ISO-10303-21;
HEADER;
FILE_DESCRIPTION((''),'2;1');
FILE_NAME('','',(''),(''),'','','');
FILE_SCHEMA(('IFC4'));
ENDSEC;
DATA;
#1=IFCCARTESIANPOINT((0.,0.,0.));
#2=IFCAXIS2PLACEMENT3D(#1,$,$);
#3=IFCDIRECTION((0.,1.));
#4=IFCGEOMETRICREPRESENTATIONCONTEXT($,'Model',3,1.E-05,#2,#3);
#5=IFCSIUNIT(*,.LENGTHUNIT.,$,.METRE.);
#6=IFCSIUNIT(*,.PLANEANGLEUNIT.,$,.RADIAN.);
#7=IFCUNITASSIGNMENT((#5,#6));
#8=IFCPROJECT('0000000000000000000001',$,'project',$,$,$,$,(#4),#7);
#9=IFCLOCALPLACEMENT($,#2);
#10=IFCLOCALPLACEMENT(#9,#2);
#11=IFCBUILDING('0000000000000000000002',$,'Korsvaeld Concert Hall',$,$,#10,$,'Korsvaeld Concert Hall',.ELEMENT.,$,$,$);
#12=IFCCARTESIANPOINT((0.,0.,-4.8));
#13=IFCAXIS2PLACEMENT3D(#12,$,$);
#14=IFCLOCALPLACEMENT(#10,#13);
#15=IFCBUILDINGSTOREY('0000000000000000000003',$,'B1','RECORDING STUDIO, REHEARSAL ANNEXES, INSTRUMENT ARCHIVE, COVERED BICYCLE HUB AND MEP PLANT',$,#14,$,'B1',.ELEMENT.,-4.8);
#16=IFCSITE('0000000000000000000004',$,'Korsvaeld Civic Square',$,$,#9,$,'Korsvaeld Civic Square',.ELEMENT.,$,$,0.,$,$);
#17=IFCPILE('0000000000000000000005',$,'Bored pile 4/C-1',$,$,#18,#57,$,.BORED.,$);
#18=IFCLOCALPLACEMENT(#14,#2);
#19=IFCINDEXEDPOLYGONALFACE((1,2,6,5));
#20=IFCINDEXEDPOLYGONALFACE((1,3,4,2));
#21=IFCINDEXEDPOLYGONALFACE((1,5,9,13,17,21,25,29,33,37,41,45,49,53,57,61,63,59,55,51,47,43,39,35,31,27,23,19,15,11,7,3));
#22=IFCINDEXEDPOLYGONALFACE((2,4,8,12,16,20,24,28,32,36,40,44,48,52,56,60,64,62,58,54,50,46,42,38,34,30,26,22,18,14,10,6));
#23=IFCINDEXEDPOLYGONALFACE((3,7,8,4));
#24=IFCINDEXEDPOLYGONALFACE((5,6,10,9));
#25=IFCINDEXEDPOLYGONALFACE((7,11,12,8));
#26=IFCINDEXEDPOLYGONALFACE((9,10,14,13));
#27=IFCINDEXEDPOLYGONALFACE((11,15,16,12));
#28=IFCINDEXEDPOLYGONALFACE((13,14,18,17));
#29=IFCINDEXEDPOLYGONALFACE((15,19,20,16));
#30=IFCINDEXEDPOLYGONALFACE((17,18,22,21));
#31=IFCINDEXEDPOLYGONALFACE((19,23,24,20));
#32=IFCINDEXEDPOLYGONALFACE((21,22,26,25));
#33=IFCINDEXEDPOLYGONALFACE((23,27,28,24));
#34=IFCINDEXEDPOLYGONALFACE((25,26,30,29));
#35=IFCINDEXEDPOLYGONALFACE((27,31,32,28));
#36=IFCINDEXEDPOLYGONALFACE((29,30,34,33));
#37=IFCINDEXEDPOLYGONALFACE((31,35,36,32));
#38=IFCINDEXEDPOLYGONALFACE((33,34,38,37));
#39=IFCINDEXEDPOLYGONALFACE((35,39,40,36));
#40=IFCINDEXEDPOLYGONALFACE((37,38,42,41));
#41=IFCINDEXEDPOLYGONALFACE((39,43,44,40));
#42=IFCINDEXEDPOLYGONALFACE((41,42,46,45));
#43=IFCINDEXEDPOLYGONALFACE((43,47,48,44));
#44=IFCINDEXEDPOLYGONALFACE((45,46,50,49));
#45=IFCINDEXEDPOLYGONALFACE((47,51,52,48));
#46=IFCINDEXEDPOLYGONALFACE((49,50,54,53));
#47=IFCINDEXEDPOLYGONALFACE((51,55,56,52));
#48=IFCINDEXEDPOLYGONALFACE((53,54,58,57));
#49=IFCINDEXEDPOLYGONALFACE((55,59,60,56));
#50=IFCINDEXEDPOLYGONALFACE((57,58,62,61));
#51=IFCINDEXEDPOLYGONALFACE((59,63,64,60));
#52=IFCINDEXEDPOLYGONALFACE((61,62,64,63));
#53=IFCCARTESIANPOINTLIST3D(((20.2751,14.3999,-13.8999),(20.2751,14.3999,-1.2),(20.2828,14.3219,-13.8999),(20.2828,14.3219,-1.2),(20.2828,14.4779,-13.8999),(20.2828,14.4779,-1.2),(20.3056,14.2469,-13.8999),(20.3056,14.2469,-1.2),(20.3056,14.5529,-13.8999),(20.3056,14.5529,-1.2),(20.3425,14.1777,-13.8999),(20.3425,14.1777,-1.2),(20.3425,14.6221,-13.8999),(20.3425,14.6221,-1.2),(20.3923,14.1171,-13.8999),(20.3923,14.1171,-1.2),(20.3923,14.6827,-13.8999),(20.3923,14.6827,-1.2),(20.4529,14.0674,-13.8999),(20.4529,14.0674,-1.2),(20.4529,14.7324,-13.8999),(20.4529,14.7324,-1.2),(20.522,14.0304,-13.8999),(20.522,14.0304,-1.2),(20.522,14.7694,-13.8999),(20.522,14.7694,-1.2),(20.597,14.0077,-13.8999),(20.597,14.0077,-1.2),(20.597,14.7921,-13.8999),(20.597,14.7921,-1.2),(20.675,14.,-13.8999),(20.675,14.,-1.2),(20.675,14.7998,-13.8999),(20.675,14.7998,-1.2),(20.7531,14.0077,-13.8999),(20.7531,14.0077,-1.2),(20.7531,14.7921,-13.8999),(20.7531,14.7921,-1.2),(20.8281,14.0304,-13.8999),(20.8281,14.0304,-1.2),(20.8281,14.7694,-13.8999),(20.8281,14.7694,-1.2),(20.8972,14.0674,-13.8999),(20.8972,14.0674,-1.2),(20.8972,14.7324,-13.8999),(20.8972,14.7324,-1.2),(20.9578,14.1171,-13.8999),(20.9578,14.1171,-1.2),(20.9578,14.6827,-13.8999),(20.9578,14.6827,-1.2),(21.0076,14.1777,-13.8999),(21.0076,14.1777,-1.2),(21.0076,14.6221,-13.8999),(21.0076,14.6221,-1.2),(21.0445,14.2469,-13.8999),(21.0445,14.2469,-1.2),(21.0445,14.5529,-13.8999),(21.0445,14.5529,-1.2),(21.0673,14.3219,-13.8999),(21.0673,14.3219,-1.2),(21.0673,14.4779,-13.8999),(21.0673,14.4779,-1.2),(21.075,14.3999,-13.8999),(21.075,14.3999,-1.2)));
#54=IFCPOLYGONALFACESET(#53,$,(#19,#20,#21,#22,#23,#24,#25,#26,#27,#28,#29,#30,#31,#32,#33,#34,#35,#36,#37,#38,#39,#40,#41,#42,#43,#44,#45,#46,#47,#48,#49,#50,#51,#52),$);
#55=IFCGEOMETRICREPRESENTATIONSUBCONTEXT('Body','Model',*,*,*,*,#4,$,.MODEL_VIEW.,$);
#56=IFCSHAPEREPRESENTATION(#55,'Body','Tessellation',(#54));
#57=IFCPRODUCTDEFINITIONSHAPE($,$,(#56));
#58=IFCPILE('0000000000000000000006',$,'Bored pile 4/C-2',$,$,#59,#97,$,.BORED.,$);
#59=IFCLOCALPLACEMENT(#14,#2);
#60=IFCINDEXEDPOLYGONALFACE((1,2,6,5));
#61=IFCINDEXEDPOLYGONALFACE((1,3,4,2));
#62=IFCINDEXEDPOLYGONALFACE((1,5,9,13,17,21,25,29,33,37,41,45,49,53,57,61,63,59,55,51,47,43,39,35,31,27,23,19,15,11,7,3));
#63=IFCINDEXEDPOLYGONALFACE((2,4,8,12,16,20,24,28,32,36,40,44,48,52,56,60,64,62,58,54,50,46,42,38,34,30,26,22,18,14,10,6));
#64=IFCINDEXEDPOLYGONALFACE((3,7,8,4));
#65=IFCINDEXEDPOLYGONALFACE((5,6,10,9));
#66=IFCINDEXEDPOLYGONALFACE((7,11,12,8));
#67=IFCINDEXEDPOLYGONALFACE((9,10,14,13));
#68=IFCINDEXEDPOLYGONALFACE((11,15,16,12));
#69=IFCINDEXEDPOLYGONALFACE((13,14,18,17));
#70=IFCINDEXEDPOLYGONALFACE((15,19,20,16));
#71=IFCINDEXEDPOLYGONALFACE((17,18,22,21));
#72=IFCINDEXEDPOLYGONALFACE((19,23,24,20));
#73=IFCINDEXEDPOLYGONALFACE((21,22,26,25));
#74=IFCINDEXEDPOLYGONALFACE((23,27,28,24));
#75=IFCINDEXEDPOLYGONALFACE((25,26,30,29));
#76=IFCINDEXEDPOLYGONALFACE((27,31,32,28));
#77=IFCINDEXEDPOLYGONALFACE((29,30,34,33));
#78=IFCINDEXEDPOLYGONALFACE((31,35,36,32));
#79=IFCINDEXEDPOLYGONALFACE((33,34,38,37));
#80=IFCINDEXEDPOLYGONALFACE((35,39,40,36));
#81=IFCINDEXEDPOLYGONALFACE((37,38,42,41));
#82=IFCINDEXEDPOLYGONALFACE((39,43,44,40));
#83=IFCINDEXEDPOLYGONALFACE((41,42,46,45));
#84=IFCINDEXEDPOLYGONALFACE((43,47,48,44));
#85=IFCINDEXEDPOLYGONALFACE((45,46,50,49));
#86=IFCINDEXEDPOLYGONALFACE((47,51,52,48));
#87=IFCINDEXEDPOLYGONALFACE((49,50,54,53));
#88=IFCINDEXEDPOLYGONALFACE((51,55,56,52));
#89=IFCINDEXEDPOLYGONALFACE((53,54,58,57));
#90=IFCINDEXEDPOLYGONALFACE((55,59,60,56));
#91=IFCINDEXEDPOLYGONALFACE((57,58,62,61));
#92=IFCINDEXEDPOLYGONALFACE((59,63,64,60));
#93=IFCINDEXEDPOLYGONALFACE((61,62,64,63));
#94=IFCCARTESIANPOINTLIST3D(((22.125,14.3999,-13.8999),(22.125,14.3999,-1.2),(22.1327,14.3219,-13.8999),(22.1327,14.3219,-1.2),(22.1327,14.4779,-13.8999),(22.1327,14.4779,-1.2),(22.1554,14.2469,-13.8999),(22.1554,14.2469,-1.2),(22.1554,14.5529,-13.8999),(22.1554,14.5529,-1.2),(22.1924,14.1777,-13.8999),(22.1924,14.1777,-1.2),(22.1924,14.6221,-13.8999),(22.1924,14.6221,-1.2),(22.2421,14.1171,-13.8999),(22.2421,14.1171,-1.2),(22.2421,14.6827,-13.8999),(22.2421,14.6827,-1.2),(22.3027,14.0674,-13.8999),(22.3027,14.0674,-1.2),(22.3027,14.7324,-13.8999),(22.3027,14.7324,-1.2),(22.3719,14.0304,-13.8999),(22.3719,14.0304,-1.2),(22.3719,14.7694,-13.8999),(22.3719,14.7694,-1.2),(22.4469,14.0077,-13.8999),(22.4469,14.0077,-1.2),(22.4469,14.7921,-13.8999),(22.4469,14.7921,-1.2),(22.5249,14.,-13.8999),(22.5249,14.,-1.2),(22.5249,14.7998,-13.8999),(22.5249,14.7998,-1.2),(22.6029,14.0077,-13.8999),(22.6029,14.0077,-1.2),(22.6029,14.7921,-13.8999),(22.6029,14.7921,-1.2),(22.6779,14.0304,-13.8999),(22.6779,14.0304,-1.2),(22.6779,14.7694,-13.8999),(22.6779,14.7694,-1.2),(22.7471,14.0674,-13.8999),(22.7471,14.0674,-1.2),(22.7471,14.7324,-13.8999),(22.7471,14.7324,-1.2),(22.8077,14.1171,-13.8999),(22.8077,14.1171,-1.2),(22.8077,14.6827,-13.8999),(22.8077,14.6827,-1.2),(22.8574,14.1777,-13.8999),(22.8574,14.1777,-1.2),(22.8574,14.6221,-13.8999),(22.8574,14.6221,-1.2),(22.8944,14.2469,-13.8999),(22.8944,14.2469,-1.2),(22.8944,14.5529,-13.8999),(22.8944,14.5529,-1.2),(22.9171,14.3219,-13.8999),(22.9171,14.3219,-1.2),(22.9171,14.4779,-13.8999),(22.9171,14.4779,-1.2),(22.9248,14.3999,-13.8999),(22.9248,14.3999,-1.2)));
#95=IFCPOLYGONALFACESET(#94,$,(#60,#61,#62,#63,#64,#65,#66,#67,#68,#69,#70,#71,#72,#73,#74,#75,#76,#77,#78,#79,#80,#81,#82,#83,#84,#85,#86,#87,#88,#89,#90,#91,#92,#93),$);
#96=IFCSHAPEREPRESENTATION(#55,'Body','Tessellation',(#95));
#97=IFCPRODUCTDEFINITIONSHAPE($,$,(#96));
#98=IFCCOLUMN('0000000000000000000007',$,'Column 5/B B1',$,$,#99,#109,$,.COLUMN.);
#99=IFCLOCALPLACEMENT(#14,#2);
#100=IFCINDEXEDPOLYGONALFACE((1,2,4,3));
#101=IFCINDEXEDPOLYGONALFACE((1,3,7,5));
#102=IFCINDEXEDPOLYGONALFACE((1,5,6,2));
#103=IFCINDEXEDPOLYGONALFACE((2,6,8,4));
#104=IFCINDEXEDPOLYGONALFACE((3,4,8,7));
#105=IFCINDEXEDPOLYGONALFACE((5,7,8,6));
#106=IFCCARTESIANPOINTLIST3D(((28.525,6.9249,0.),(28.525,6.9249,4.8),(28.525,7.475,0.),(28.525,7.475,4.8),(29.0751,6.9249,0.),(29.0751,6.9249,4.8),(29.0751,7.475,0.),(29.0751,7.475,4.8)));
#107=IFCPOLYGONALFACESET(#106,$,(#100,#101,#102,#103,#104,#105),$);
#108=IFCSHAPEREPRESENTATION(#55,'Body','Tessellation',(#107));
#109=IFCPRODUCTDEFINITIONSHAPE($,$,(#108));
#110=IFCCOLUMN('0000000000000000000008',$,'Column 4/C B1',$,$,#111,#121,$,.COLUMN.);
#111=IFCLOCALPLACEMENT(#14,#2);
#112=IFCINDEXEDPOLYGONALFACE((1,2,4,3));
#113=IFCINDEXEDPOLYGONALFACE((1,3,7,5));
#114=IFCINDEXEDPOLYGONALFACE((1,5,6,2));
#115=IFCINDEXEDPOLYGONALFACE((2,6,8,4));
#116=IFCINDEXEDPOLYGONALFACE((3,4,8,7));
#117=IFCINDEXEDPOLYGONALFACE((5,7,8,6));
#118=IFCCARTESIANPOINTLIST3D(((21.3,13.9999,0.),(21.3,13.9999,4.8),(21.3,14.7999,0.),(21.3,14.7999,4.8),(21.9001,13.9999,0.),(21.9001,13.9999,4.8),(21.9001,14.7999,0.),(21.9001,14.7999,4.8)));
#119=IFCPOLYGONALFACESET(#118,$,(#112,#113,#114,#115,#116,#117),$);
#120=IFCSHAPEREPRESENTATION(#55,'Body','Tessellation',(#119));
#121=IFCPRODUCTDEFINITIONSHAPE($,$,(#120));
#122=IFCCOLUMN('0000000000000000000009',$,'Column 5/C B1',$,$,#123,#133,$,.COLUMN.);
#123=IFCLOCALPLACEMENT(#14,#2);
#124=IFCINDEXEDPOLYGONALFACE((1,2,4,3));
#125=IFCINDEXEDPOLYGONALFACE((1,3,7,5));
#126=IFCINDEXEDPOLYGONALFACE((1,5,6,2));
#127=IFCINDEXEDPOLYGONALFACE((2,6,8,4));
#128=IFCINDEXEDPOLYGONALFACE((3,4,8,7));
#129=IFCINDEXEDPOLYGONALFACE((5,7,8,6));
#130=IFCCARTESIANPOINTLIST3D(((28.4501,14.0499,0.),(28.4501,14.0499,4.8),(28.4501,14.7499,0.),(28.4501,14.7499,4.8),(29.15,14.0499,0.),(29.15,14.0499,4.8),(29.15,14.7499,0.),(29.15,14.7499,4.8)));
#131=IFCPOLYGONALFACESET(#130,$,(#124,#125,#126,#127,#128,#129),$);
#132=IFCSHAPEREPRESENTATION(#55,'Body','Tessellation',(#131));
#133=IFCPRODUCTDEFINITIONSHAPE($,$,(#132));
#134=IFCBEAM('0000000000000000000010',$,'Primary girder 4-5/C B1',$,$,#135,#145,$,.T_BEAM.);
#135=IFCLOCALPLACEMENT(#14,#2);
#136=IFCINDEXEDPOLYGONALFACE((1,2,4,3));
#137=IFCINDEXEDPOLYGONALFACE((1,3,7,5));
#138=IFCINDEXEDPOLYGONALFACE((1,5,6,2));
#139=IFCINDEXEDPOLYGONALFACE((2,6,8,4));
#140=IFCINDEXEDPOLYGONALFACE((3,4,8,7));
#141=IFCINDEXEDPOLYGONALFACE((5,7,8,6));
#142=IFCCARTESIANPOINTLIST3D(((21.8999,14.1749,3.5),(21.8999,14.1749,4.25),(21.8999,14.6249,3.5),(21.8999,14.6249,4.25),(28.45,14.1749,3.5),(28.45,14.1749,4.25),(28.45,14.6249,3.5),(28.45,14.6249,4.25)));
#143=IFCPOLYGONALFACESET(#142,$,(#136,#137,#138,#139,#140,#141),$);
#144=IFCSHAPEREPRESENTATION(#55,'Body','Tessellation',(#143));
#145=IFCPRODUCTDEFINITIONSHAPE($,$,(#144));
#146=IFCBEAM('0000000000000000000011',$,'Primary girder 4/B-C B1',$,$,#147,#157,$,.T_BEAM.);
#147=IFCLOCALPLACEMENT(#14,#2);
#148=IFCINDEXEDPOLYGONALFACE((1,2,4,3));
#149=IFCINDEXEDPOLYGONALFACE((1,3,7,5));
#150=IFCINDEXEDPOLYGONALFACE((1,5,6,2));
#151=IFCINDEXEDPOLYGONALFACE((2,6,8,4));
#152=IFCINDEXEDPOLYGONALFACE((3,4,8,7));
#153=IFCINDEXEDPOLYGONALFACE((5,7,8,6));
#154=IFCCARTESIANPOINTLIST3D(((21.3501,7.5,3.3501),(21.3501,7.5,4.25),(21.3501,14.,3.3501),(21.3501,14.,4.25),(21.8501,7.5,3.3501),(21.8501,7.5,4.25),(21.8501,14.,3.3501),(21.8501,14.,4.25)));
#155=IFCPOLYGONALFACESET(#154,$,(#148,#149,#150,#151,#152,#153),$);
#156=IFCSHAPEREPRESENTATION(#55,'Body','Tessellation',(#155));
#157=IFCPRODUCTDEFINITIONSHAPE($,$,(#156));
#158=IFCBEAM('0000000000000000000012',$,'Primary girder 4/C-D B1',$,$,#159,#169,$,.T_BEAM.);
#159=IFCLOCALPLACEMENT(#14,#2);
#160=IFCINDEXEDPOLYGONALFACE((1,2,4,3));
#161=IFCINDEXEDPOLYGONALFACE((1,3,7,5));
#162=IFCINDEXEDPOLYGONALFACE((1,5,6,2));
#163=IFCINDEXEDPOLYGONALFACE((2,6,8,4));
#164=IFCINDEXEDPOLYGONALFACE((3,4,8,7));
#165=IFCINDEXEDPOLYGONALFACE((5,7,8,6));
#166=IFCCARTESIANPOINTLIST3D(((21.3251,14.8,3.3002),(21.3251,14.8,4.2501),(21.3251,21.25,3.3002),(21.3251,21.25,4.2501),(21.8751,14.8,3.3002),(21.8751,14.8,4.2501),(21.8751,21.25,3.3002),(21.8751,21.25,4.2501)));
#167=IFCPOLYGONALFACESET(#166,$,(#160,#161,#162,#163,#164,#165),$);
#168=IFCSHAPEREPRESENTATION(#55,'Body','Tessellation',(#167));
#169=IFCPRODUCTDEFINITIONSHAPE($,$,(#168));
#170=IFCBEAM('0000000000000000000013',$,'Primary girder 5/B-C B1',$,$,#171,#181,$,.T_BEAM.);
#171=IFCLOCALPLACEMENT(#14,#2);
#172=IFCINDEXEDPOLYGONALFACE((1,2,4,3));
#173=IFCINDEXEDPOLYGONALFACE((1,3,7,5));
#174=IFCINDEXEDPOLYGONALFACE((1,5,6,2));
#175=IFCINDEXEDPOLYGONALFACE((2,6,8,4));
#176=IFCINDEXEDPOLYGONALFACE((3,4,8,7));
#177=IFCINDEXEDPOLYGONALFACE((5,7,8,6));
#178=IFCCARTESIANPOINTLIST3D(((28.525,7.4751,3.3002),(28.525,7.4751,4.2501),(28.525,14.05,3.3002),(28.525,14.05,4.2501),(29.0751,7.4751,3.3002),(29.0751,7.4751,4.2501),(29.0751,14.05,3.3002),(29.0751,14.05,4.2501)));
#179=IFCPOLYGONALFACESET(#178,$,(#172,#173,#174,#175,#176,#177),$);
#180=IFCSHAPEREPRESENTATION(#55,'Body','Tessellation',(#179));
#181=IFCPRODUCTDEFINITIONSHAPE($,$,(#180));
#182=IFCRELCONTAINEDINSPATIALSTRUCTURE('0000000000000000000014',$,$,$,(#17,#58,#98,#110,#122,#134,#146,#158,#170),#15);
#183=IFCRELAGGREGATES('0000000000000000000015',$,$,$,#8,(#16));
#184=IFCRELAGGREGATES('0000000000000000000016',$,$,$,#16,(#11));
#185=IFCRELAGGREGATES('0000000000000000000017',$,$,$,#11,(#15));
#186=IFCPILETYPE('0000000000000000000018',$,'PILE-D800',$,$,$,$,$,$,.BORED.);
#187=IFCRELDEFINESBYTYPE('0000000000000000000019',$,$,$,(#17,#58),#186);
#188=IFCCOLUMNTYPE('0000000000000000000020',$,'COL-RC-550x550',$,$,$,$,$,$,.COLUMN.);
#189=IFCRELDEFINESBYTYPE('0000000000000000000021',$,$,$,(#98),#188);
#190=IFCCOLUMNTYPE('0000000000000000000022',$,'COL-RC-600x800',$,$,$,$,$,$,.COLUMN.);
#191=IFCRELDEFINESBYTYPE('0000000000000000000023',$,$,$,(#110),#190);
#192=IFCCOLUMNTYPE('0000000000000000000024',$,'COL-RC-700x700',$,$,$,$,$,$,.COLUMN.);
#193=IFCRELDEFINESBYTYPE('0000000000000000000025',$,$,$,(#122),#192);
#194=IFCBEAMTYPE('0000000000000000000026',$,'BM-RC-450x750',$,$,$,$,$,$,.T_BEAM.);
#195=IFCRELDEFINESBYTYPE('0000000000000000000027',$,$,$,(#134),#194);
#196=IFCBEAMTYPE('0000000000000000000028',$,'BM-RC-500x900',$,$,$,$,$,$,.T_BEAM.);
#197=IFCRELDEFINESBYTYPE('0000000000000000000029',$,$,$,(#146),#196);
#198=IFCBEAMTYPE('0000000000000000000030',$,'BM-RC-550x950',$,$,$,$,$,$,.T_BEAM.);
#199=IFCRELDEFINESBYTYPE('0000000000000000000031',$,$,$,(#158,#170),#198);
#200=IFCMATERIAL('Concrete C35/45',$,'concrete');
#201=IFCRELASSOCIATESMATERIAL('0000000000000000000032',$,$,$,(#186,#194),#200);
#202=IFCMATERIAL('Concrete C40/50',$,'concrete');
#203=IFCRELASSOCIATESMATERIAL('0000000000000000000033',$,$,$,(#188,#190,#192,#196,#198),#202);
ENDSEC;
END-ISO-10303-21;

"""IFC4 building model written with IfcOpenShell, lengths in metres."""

from ifc_helpers import new_model, si_unit, direction, frame, origin, origin_2d, place, context, subcontext, project, spatial, rectangle, circle, extrude, material, material_profile, profile_set, type_object, element, save


model = new_model("IFC4")

# Units and contexts
model_context = context("Model", 3, precision=1e-05, world=origin(), true_north=direction((0.0, 1.0)))
body_context = subcontext(model_context, "Body", "Model", "MODEL_VIEW")
ifc_project = project(units=[si_unit("LENGTHUNIT", "METRE"), si_unit("PLANEANGLEUNIT", "RADIAN")], contexts=[model_context])

# Site, building, storey
site_placement = place(None, origin())
site = spatial("IfcSite", under=ifc_project, at=site_placement, Name="Korsvaeld Civic Square", LongName="Korsvaeld Civic Square", CompositionType="ELEMENT", RefElevation=0.0)
building_placement = place(site_placement, origin())
building = spatial("IfcBuilding", under=site, at=building_placement, Name="Korsvaeld Concert Hall", LongName="Korsvaeld Concert Hall", CompositionType="ELEMENT")
storey_placement = place(building_placement, frame((0.0, 0.0, -4.8)))
storey = spatial("IfcBuildingStorey", under=building, at=storey_placement, Name="B1", Description="RECORDING STUDIO, REHEARSAL ANNEXES, INSTRUMENT ARCHIVE, COVERED BICYCLE HUB AND MEP PLANT", LongName="B1", CompositionType="ELEMENT", Elevation=-4.8)

# Shared definitions
ifc_material_1 = material(Name="Concrete C35/45", Category="concrete")

# Piles
ifc_material_profile_1 = material_profile(ifc_material_1, circle(Radius=0.3999, at=origin_2d()), Name="BORED PILE D800")
ifc_profile_set_1 = profile_set([ifc_material_profile_1], Name="Concrete C35/45")
pile_type_1 = type_object("IfcPileType", Name="PILE-D800", PredefinedType="BORED", material=ifc_profile_set_1)
for number, where, z_axis, x_axis, name in (
    (1, (20.675, 14.3999, -1.2), (0.0, 0.0, -1.0), (1.0, 0.0, 0.0), "Bored pile 4/C-1"),
    (2, (22.5249, 14.3999, -1.2), (0.0, 0.0, -1.0), (1.0, 0.0, 0.0), "Bored pile 4/C-2"),
):
    element("IfcPile", number, at=place(storey_placement, frame(where, z_axis=z_axis, x_axis=x_axis)), inside=storey, type_object=pile_type_1, Name=name, PredefinedType="BORED", context=body_context, shape_type="SweptSolid", body=[
        extrude(circle(Radius=0.3999, at=origin_2d()), origin(), (0.0, 0.0, 1.0), 12.7),
    ])

# Columns
ifc_material_2 = material(Name="Concrete C40/50", Category="concrete")
ifc_material_profile_2 = material_profile(ifc_material_2, rectangle(XDim=0.55, YDim=0.55, at=origin_2d()), Name="RC 550x550")
ifc_profile_set_2 = profile_set([ifc_material_profile_2], Name="Concrete C40/50")
column_type_1 = type_object("IfcColumnType", Name="COL-RC-550x550", PredefinedType="COLUMN", material=ifc_profile_set_2)
column_1_placement = place(storey_placement, frame((28.8, 7.2, 0.0), z_axis=(0.0, 0.0, 1.0), x_axis=(1.0, 0.0, 0.0)))
element("IfcColumn", 3, at=column_1_placement, inside=storey, type_object=column_type_1, Name="Column 5/B B1", PredefinedType="COLUMN", context=body_context, shape_type="SweptSolid", body=[
    extrude(rectangle(XDim=0.55, YDim=0.55, at=origin_2d()), origin(), (0.0, 0.0, 1.0), 4.8),
])
ifc_material_profile_3 = material_profile(ifc_material_2, rectangle(XDim=0.6001, YDim=0.8, at=origin_2d()), Name="RC 600x800")
ifc_profile_set_3 = profile_set([ifc_material_profile_3], Name="Concrete C40/50")
column_type_2 = type_object("IfcColumnType", Name="COL-RC-600x800", PredefinedType="COLUMN", material=ifc_profile_set_3)
column_2_placement = place(storey_placement, frame((21.6001, 14.3999, 0.0), z_axis=(0.0, 0.0, 1.0), x_axis=(1.0, 0.0, 0.0)))
element("IfcColumn", 4, at=column_2_placement, inside=storey, type_object=column_type_2, Name="Column 4/C B1", PredefinedType="COLUMN", context=body_context, shape_type="SweptSolid", body=[
    extrude(rectangle(XDim=0.6001, YDim=0.8, at=origin_2d()), origin(), (0.0, 0.0, 1.0), 4.8),
])
ifc_material_profile_4 = material_profile(ifc_material_2, rectangle(XDim=0.7, YDim=0.7, at=origin_2d()), Name="RC 700x700")
ifc_profile_set_4 = profile_set([ifc_material_profile_4], Name="Concrete C40/50")
column_type_3 = type_object("IfcColumnType", Name="COL-RC-700x700", PredefinedType="COLUMN", material=ifc_profile_set_4)
column_3_placement = place(storey_placement, frame((28.8, 14.3999, 0.0), z_axis=(0.0, 0.0, 1.0), x_axis=(1.0, 0.0, 0.0)))
element("IfcColumn", 5, at=column_3_placement, inside=storey, type_object=column_type_3, Name="Column 5/C B1", PredefinedType="COLUMN", context=body_context, shape_type="SweptSolid", body=[
    extrude(rectangle(XDim=0.7, YDim=0.7, at=origin_2d()), origin(), (0.0, 0.0, 1.0), 4.8),
])

# Beams
ifc_material_profile_5 = material_profile(ifc_material_1, rectangle(XDim=0.45, YDim=0.75, at=origin_2d()), Name="RC 450x750")
ifc_profile_set_5 = profile_set([ifc_material_profile_5], Name="Concrete C35/45")
beam_type_1 = type_object("IfcBeamType", Name="BM-RC-450x750", PredefinedType="T_BEAM", material=ifc_profile_set_5)
beam_1_placement = place(storey_placement, frame((21.8999, 14.3999, 3.875), z_axis=(1.0, 0.0, 0.0), x_axis=(0.0, 1.0, 0.0)))
element("IfcBeam", 6, at=beam_1_placement, inside=storey, type_object=beam_type_1, Name="Primary girder 4-5/C B1", PredefinedType="T_BEAM", context=body_context, shape_type="SweptSolid", body=[
    extrude(rectangle(XDim=0.45, YDim=0.75, at=origin_2d()), origin(), (0.0, 0.0, 1.0), 6.55),
])
ifc_material_profile_6 = material_profile(ifc_material_2, rectangle(XDim=0.5, YDim=0.8999, at=origin_2d()), Name="RC 500x900")
ifc_profile_set_6 = profile_set([ifc_material_profile_6], Name="Concrete C40/50")
beam_type_2 = type_object("IfcBeamType", Name="BM-RC-500x900", PredefinedType="T_BEAM", material=ifc_profile_set_6)
beam_2_placement = place(storey_placement, frame((21.6001, 7.5, 3.8), z_axis=(0.0, 1.0, 0.0), x_axis=(-1.0, 0.0, 0.0)))
element("IfcBeam", 7, at=beam_2_placement, inside=storey, type_object=beam_type_2, Name="Primary girder 4/B-C B1", PredefinedType="T_BEAM", context=body_context, shape_type="SweptSolid", body=[
    extrude(rectangle(XDim=0.5, YDim=0.8999, at=origin_2d()), origin(), (0.0, 0.0, 1.0), 6.5),
])
ifc_material_profile_7 = material_profile(ifc_material_2, rectangle(XDim=0.55, YDim=0.95, at=origin_2d()), Name="RC 550x950")
ifc_profile_set_7 = profile_set([ifc_material_profile_7], Name="Concrete C40/50")
beam_type_3 = type_object("IfcBeamType", Name="BM-RC-550x950", PredefinedType="T_BEAM", material=ifc_profile_set_7)
beam_3_placement = place(storey_placement, frame((21.6001, 14.8, 3.7751), z_axis=(0.0, 1.0, 0.0), x_axis=(-1.0, 0.0, 0.0)))
element("IfcBeam", 8, at=beam_3_placement, inside=storey, type_object=beam_type_3, Name="Primary girder 4/C-D B1", PredefinedType="T_BEAM", context=body_context, shape_type="SweptSolid", body=[
    extrude(rectangle(XDim=0.55, YDim=0.95, at=origin_2d()), origin(), (0.0, 0.0, 1.0), 6.45),
])
beam_4_placement = place(storey_placement, frame((28.8, 7.4751, 3.7751), z_axis=(0.0, 1.0, 0.0), x_axis=(-1.0, 0.0, 0.0)))
element("IfcBeam", 9, at=beam_4_placement, inside=storey, type_object=beam_type_3, Name="Primary girder 5/B-C B1", PredefinedType="T_BEAM", context=body_context, shape_type="SweptSolid", body=[
    extrude(rectangle(XDim=0.55, YDim=0.95, at=origin_2d()), origin(), (0.0, 0.0, 1.0), 6.575),
])

save(model, "model.ifc")
